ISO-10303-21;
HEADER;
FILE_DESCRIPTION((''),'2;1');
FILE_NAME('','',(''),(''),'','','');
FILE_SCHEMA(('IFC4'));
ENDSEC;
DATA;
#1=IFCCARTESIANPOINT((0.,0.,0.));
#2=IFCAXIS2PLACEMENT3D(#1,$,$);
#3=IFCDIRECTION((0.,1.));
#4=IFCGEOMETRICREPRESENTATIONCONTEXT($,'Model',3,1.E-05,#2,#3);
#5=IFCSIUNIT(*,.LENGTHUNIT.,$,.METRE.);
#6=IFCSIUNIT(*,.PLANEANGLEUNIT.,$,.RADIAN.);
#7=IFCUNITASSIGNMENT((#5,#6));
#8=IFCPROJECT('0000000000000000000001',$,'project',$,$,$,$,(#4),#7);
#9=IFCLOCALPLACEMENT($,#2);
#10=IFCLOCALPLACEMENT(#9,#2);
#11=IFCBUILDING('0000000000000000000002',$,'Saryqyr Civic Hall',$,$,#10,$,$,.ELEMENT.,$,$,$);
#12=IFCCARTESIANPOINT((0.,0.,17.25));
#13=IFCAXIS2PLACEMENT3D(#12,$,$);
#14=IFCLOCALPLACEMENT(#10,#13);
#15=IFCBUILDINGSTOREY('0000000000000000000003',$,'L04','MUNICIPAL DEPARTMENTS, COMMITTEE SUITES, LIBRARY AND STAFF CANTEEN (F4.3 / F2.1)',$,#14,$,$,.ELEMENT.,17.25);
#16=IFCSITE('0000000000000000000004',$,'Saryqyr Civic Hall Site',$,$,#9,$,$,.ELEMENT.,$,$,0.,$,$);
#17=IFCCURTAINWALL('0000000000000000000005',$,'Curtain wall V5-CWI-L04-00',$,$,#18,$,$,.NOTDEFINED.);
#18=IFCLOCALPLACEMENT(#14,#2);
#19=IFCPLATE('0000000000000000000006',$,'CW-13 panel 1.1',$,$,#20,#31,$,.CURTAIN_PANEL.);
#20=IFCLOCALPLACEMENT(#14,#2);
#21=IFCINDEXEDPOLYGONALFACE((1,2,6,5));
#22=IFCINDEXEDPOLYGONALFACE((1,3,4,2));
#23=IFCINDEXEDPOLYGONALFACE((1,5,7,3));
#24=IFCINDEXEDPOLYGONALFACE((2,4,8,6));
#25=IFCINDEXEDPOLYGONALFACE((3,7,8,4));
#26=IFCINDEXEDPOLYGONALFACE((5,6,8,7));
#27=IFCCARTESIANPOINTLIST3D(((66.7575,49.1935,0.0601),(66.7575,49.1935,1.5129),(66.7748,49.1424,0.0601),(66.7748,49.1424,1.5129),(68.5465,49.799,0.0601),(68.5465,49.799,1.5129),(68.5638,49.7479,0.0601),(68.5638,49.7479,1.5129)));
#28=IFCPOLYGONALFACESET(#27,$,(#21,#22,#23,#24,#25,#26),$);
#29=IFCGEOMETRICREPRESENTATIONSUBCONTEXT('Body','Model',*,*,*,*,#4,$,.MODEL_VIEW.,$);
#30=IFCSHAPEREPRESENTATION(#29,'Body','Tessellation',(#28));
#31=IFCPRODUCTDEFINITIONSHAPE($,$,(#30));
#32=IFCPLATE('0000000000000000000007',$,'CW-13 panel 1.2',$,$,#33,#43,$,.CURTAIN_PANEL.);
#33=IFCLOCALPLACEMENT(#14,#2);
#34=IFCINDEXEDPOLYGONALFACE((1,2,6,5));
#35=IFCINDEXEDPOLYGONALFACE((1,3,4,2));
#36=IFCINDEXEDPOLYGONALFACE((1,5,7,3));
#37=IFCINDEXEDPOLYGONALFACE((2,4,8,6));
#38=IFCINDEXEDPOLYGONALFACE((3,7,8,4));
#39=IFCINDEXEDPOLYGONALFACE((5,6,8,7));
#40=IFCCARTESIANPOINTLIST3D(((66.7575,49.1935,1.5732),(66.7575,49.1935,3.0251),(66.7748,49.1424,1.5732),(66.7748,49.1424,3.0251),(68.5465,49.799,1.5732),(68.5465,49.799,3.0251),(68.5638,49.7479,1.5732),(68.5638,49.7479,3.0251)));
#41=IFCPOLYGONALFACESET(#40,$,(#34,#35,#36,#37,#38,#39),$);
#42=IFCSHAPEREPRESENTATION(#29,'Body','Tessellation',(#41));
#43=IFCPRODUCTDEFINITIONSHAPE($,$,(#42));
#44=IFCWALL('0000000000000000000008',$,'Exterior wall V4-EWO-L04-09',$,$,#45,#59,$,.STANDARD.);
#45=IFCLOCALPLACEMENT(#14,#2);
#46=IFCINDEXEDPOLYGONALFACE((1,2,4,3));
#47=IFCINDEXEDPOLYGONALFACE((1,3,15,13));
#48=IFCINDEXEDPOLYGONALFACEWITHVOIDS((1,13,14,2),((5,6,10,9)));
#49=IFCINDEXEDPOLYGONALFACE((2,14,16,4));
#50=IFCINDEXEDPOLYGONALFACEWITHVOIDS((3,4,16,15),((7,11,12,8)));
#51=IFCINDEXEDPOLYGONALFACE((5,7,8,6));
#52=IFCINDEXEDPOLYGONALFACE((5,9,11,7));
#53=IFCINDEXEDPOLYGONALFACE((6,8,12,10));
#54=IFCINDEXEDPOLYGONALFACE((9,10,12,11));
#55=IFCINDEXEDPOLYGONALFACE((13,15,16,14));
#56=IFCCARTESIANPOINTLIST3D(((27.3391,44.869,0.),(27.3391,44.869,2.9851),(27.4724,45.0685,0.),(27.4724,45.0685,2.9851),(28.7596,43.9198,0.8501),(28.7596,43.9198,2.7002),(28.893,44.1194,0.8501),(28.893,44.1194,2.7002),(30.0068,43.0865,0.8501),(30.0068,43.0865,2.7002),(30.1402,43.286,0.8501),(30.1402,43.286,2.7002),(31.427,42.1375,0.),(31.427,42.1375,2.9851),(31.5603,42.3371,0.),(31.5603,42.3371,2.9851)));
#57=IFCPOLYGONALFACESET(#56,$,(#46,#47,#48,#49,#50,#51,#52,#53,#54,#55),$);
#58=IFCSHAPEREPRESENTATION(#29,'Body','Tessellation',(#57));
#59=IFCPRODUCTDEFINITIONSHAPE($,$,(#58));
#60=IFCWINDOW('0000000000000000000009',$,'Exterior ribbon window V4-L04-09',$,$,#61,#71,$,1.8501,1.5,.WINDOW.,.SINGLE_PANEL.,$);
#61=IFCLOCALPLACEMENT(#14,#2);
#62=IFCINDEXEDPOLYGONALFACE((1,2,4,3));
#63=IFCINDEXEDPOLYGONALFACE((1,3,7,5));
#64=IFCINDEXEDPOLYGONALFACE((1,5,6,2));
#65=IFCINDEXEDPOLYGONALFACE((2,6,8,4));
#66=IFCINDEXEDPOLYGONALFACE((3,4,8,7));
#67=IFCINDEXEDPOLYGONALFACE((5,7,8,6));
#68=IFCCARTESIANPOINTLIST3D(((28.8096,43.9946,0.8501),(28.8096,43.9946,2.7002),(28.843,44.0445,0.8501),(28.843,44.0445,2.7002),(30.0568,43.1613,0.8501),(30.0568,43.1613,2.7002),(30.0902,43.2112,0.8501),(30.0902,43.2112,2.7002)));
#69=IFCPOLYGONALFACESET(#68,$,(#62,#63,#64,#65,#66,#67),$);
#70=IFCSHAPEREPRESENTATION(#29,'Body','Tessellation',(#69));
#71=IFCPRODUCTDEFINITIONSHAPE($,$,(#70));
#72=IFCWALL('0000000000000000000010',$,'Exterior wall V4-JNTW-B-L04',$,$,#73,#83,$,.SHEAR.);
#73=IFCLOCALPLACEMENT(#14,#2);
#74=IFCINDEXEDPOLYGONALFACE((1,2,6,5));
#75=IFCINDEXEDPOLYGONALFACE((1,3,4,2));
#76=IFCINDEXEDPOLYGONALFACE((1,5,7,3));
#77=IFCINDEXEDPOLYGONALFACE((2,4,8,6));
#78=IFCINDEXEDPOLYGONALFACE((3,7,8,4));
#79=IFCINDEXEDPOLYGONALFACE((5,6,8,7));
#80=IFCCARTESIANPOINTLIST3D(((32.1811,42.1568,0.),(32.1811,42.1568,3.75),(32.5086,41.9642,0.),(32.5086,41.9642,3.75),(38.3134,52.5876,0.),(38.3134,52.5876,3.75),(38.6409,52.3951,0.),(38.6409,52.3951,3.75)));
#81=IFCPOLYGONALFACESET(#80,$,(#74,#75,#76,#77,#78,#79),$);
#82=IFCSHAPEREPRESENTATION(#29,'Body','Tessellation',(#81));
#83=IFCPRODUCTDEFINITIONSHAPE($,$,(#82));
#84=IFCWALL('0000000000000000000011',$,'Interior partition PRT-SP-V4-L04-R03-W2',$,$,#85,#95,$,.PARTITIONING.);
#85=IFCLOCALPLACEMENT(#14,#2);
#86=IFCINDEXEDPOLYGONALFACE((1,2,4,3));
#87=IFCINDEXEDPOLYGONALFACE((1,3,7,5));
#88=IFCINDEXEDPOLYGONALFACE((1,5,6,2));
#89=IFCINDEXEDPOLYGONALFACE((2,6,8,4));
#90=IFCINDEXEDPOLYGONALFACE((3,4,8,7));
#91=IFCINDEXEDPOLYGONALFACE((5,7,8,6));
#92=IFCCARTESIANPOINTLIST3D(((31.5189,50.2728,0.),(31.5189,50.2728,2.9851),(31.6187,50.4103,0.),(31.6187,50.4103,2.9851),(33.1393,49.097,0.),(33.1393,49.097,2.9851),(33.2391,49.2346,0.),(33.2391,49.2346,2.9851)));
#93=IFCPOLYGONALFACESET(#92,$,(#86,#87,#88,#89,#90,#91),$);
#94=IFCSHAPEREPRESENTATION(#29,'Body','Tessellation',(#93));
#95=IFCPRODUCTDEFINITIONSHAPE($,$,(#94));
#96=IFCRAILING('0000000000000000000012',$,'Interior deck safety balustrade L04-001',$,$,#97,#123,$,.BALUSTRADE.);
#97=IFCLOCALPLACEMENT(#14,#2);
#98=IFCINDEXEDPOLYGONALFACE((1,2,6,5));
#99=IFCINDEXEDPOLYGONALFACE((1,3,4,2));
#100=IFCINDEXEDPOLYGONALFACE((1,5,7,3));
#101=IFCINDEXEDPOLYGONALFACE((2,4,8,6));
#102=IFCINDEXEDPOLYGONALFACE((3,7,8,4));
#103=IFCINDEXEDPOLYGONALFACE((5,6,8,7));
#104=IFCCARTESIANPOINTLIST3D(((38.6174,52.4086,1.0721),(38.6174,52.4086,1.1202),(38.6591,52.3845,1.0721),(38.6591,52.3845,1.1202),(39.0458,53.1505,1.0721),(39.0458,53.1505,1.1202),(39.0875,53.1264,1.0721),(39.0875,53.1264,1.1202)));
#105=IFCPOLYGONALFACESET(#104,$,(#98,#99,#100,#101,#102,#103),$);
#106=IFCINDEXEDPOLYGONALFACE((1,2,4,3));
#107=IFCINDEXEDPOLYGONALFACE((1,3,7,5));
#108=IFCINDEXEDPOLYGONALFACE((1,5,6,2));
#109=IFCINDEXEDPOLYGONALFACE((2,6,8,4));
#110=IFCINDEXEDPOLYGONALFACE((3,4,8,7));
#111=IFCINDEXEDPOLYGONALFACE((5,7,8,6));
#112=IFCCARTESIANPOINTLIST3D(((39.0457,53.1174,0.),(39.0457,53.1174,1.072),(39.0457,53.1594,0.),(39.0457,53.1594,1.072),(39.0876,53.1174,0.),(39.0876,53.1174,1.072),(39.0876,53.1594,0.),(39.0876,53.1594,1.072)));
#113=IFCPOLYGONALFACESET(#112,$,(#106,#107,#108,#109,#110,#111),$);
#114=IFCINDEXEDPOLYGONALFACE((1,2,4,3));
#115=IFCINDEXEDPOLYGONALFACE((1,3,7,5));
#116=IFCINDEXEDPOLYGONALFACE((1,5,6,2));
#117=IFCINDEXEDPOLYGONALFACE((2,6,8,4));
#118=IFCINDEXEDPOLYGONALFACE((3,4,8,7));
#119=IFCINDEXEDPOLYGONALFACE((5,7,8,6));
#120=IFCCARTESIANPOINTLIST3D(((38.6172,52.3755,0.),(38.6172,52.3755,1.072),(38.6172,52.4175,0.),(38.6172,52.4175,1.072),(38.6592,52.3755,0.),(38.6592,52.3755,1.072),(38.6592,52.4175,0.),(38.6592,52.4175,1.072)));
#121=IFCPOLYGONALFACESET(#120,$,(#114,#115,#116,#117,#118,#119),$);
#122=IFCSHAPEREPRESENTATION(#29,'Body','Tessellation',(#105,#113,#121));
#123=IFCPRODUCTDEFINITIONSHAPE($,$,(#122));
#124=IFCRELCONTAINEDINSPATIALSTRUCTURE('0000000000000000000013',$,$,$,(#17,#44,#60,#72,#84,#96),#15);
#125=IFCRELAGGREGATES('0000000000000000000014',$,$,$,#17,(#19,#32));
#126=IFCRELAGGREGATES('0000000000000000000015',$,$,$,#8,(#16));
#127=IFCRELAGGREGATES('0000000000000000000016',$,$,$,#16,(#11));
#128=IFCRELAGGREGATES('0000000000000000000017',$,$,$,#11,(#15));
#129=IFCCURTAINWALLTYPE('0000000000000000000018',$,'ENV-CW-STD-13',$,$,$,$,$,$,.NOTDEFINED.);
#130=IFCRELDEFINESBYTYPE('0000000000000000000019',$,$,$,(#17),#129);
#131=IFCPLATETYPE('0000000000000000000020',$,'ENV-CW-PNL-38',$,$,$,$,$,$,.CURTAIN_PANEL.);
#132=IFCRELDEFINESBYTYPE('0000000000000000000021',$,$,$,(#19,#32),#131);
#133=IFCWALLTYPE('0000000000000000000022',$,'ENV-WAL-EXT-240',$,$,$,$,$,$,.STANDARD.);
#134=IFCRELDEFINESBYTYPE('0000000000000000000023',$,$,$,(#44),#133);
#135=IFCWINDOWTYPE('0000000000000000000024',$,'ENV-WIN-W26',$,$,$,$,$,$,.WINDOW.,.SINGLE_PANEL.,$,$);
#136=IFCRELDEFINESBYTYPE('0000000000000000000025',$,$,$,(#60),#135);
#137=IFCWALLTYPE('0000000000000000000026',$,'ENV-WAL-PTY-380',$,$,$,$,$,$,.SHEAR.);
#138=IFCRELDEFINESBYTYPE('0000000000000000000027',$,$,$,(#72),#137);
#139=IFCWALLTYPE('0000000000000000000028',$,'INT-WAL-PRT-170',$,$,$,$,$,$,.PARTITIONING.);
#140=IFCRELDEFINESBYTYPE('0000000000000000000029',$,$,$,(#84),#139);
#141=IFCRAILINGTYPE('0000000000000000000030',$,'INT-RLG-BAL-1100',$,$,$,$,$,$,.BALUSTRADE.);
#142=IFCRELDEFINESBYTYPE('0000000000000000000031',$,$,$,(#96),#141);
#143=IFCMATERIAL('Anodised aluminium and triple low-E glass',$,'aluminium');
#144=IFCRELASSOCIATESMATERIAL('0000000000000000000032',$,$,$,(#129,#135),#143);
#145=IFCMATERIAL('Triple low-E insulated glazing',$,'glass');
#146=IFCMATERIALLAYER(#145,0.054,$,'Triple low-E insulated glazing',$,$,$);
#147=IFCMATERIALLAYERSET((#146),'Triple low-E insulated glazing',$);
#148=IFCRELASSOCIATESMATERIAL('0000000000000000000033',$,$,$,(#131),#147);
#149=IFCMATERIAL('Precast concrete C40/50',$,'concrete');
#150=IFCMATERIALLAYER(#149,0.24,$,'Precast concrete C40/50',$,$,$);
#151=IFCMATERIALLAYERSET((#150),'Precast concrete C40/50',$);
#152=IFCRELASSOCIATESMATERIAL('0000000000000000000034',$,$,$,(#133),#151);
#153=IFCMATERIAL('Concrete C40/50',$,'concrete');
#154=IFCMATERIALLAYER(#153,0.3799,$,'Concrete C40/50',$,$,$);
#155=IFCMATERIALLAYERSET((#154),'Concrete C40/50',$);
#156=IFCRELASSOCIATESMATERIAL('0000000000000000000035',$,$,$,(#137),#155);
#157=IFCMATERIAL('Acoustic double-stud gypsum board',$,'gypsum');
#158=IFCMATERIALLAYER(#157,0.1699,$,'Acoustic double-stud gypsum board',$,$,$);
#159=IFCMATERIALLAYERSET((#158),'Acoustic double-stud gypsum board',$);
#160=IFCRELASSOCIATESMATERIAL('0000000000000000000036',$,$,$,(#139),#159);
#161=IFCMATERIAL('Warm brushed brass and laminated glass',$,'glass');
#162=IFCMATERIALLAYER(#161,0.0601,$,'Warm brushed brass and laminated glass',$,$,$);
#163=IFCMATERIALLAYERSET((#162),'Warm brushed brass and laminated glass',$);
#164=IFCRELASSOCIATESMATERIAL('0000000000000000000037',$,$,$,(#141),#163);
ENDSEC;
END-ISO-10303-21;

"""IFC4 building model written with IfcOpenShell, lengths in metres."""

from ifc_helpers import new_model, si_unit, direction, frame, frame_2d, origin, origin_2d, place, context, subcontext, project, spatial, rectangle, extrude, material, layer, layer_set, type_object, element, fill, aggregate, save


model = new_model("IFC4")

# Units and contexts
model_context = context("Model", 3, precision=1e-05, world=origin(), true_north=direction((0.0, 1.0)))
body_context = subcontext(model_context, "Body", "Model", "MODEL_VIEW")
ifc_project = project(units=[si_unit("LENGTHUNIT", "METRE"), si_unit("PLANEANGLEUNIT", "RADIAN")], contexts=[model_context])

# Site, building, storey
site_placement = place(None, origin())
site = spatial("IfcSite", under=ifc_project, at=site_placement, Name="Saryqyr Civic Hall Site", CompositionType="ELEMENT", RefElevation=0.0)
building_placement = place(site_placement, origin())
building = spatial("IfcBuilding", under=site, at=building_placement, Name="Saryqyr Civic Hall", CompositionType="ELEMENT")
storey_placement = place(building_placement, frame((0.0, 0.0, 17.25)))
storey = spatial("IfcBuildingStorey", under=building, at=storey_placement, Name="L04", Description="MUNICIPAL DEPARTMENTS, COMMITTEE SUITES, LIBRARY AND STAFF CANTEEN (F4.3 / F2.1)", CompositionType="ELEMENT", Elevation=17.25)

# Shared definitions
ifc_material_1 = material(Name="Concrete C40/50", Category="concrete")

# Curtain wall
ifc_material_2 = material(Name="Anodised aluminium and triple low-E glass", Category="aluminium")
curtain_wall_type = type_object("IfcCurtainWallType", Name="ENV-CW-STD-13", PredefinedType="NOTDEFINED", material=ifc_material_2)
curtain_wall_placement = place(storey_placement, origin())
curtain_wall = element("IfcCurtainWall", 1, at=curtain_wall_placement, inside=storey, type_object=curtain_wall_type, Name="Curtain wall V5-CWI-L04-00", PredefinedType="NOTDEFINED")

# Plates
ifc_material_3 = material(Name="Triple low-E insulated glazing", Category="glass")
ifc_layer_1 = layer(ifc_material_3, 0.054, Name="Triple low-E insulated glazing")
ifc_layer_set_1 = layer_set([ifc_layer_1], Name="Triple low-E insulated glazing")
plate_type = type_object("IfcPlateType", Name="ENV-CW-PNL-38", PredefinedType="CURTAIN_PANEL", material=ifc_layer_set_1)
plate_1_placement = place(storey_placement, frame((67.6606, 49.4707, 0.0601), z_axis=(0.0, 0.0, 1.0), x_axis=(0.947202, 0.320636, 0.0)))
plate_1 = element("IfcPlate", 2, at=plate_1_placement, type_object=plate_type, Name="CW-13 panel 1.1", PredefinedType="CURTAIN_PANEL", context=body_context, shape_type="SweptSolid", body=[
    extrude(rectangle(XDim=1.8887, YDim=0.054, at=origin_2d()), origin(), (0.0, 0.0, 1.0), 1.4529),
])
plate_2_placement = place(storey_placement, frame((67.6606, 49.4707, 1.5732), z_axis=(0.0, 0.0, 1.0), x_axis=(0.947202, 0.320636, 0.0)))
plate_2 = element("IfcPlate", 3, at=plate_2_placement, type_object=plate_type, Name="CW-13 panel 1.2", PredefinedType="CURTAIN_PANEL", context=body_context, shape_type="SweptSolid", body=[
    extrude(rectangle(XDim=1.8887, YDim=0.054, at=origin_2d()), origin(), (0.0, 0.0, 1.0), 1.4519),
])
aggregate(curtain_wall, [plate_1, plate_2])

# Wall, opening, window
ifc_material_4 = material(Name="Precast concrete C40/50", Category="concrete")
ifc_layer_2 = layer(ifc_material_4, 0.24, Name="Precast concrete C40/50")
ifc_layer_set_2 = layer_set([ifc_layer_2], Name="Precast concrete C40/50")
wall_type_1 = type_object("IfcWallType", Name="ENV-WAL-EXT-240", PredefinedType="STANDARD", material=ifc_layer_set_2)
wall_1_placement = place(storey_placement, frame((31.4937, 42.2373, 0.0), z_axis=(0.0, 0.0, 1.0), x_axis=(-0.831469, 0.555571, 0.0)))
wall_1 = element("IfcWall", 4, at=wall_1_placement, inside=storey, type_object=wall_type_1, Name="Exterior wall V4-EWO-L04-09", PredefinedType="STANDARD", context=body_context, shape_type="SweptSolid", body=[
    extrude(rectangle(XDim=4.9165, YDim=0.24, at=frame_2d((2.4583, 0.0))), origin(), (0.0, 0.0, 1.0), 2.9851),
])
opening_placement = place(wall_1_placement, frame((1.708, 0.0, 0.8501)))
opening = element("IfcOpeningElement", 5, at=opening_placement, cuts=wall_1, PredefinedType="OPENING", context=body_context, shape_type="SweptSolid", body=[
    extrude(rectangle(XDim=1.5, YDim=1.8501, at=frame_2d((0.75, 0.925))), frame((0.0, 0.1299, 0.0), z_axis=(0.0, -1.0, 0.0), x_axis=(1.0, 0.0, 0.0)), (0.0, 0.0, 1.0), 0.26),
])
window_type = type_object("IfcWindowType", Name="ENV-WIN-W26", PartitioningType="SINGLE_PANEL", PredefinedType="WINDOW", material=ifc_material_2)
window_placement = place(opening_placement, origin())
window = element("IfcWindow", 6, at=window_placement, inside=storey, type_object=window_type, Name="Exterior ribbon window V4-L04-09", OverallHeight=1.8501, OverallWidth=1.5, PartitioningType="SINGLE_PANEL", PredefinedType="WINDOW", context=body_context, shape_type="SweptSolid", body=[
    extrude(rectangle(XDim=1.5, YDim=1.8501, at=frame_2d((0.75, 0.925))), frame((0.0, 0.03, 0.0), z_axis=(0.0, -1.0, 0.0), x_axis=(1.0, 0.0, 0.0)), (0.0, 0.0, 1.0), 0.0601),
])
fill(opening, window)

# Walls
ifc_layer_3 = layer(ifc_material_1, 0.3799, Name="Concrete C40/50")
ifc_layer_set_3 = layer_set([ifc_layer_3], Name="Concrete C40/50")
wall_type_2 = type_object("IfcWallType", Name="ENV-WAL-PTY-380", PredefinedType="SHEAR", material=ifc_layer_set_3)
wall_2_placement = place(storey_placement, frame((38.4771, 52.4912, 0.0), z_axis=(0.0, 0.0, 1.0), x_axis=(-0.506805, -0.862061, 0.0)))
element("IfcWall", 7, at=wall_2_placement, inside=storey, type_object=wall_type_2, Name="Exterior wall V4-JNTW-B-L04", PredefinedType="SHEAR", context=body_context, shape_type="SweptSolid", body=[
    extrude(rectangle(XDim=12.0999, YDim=0.3799, at=frame_2d((6.0498, 0.0))), origin(), (0.0, 0.0, 1.0), 3.75),
])
ifc_material_5 = material(Name="Acoustic double-stud gypsum board", Category="gypsum")
ifc_layer_4 = layer(ifc_material_5, 0.1699, Name="Acoustic double-stud gypsum board")
ifc_layer_set_4 = layer_set([ifc_layer_4], Name="Acoustic double-stud gypsum board")
wall_type_3 = type_object("IfcWallType", Name="INT-WAL-PRT-170", PredefinedType="PARTITIONING", material=ifc_layer_set_4)
wall_3_placement = place(storey_placement, frame((31.5688, 50.3416, 0.0), z_axis=(0.0, 0.0, 1.0), x_axis=(0.809368, -0.587301, 0.0)))
element("IfcWall", 8, at=wall_3_placement, inside=storey, type_object=wall_type_3, Name="Interior partition PRT-SP-V4-L04-R03-W2", PredefinedType="PARTITIONING", context=body_context, shape_type="SweptSolid", body=[
    extrude(rectangle(XDim=2.002, YDim=0.1699, at=frame_2d((1.001, 0.0))), origin(), (0.0, 0.0, 1.0), 2.9851),
])

# Railing
ifc_material_6 = material(Name="Warm brushed brass and laminated glass", Category="glass")
ifc_layer_5 = layer(ifc_material_6, 0.0601, Name="Warm brushed brass and laminated glass")
ifc_layer_set_5 = layer_set([ifc_layer_5], Name="Warm brushed brass and laminated glass")
railing_type = type_object("IfcRailingType", Name="INT-RLG-BAL-1100", PredefinedType="BALUSTRADE", material=ifc_layer_set_5)
railing_1_placement = place(storey_placement, frame((39.0667, 53.1384, 0.0)))
element("IfcRailing", 9, at=railing_1_placement, inside=storey, type_object=railing_type, Name="Interior deck safety balustrade L04-001", PredefinedType="BALUSTRADE", context=body_context, shape_type="SweptSolid", body=[
    extrude(rectangle(XDim=0.0481, YDim=0.0481, at=origin_2d()), frame((0.0, 0.0, 1.0962), z_axis=(-0.500092, -0.865972, 0.0), x_axis=(0.865972, -0.500092, 0.0)), (0.0, 0.0, 1.0), 0.8567),
    extrude(rectangle(XDim=0.042, YDim=0.042, at=origin_2d()), origin(), (0.0, 0.0, 1.0), 1.072),
    extrude(rectangle(XDim=0.042, YDim=0.042, at=origin_2d()), frame((-0.4285, -0.7419, 0.0)), (0.0, 0.0, 1.0), 1.072),
])

save(model, "model.ifc")
